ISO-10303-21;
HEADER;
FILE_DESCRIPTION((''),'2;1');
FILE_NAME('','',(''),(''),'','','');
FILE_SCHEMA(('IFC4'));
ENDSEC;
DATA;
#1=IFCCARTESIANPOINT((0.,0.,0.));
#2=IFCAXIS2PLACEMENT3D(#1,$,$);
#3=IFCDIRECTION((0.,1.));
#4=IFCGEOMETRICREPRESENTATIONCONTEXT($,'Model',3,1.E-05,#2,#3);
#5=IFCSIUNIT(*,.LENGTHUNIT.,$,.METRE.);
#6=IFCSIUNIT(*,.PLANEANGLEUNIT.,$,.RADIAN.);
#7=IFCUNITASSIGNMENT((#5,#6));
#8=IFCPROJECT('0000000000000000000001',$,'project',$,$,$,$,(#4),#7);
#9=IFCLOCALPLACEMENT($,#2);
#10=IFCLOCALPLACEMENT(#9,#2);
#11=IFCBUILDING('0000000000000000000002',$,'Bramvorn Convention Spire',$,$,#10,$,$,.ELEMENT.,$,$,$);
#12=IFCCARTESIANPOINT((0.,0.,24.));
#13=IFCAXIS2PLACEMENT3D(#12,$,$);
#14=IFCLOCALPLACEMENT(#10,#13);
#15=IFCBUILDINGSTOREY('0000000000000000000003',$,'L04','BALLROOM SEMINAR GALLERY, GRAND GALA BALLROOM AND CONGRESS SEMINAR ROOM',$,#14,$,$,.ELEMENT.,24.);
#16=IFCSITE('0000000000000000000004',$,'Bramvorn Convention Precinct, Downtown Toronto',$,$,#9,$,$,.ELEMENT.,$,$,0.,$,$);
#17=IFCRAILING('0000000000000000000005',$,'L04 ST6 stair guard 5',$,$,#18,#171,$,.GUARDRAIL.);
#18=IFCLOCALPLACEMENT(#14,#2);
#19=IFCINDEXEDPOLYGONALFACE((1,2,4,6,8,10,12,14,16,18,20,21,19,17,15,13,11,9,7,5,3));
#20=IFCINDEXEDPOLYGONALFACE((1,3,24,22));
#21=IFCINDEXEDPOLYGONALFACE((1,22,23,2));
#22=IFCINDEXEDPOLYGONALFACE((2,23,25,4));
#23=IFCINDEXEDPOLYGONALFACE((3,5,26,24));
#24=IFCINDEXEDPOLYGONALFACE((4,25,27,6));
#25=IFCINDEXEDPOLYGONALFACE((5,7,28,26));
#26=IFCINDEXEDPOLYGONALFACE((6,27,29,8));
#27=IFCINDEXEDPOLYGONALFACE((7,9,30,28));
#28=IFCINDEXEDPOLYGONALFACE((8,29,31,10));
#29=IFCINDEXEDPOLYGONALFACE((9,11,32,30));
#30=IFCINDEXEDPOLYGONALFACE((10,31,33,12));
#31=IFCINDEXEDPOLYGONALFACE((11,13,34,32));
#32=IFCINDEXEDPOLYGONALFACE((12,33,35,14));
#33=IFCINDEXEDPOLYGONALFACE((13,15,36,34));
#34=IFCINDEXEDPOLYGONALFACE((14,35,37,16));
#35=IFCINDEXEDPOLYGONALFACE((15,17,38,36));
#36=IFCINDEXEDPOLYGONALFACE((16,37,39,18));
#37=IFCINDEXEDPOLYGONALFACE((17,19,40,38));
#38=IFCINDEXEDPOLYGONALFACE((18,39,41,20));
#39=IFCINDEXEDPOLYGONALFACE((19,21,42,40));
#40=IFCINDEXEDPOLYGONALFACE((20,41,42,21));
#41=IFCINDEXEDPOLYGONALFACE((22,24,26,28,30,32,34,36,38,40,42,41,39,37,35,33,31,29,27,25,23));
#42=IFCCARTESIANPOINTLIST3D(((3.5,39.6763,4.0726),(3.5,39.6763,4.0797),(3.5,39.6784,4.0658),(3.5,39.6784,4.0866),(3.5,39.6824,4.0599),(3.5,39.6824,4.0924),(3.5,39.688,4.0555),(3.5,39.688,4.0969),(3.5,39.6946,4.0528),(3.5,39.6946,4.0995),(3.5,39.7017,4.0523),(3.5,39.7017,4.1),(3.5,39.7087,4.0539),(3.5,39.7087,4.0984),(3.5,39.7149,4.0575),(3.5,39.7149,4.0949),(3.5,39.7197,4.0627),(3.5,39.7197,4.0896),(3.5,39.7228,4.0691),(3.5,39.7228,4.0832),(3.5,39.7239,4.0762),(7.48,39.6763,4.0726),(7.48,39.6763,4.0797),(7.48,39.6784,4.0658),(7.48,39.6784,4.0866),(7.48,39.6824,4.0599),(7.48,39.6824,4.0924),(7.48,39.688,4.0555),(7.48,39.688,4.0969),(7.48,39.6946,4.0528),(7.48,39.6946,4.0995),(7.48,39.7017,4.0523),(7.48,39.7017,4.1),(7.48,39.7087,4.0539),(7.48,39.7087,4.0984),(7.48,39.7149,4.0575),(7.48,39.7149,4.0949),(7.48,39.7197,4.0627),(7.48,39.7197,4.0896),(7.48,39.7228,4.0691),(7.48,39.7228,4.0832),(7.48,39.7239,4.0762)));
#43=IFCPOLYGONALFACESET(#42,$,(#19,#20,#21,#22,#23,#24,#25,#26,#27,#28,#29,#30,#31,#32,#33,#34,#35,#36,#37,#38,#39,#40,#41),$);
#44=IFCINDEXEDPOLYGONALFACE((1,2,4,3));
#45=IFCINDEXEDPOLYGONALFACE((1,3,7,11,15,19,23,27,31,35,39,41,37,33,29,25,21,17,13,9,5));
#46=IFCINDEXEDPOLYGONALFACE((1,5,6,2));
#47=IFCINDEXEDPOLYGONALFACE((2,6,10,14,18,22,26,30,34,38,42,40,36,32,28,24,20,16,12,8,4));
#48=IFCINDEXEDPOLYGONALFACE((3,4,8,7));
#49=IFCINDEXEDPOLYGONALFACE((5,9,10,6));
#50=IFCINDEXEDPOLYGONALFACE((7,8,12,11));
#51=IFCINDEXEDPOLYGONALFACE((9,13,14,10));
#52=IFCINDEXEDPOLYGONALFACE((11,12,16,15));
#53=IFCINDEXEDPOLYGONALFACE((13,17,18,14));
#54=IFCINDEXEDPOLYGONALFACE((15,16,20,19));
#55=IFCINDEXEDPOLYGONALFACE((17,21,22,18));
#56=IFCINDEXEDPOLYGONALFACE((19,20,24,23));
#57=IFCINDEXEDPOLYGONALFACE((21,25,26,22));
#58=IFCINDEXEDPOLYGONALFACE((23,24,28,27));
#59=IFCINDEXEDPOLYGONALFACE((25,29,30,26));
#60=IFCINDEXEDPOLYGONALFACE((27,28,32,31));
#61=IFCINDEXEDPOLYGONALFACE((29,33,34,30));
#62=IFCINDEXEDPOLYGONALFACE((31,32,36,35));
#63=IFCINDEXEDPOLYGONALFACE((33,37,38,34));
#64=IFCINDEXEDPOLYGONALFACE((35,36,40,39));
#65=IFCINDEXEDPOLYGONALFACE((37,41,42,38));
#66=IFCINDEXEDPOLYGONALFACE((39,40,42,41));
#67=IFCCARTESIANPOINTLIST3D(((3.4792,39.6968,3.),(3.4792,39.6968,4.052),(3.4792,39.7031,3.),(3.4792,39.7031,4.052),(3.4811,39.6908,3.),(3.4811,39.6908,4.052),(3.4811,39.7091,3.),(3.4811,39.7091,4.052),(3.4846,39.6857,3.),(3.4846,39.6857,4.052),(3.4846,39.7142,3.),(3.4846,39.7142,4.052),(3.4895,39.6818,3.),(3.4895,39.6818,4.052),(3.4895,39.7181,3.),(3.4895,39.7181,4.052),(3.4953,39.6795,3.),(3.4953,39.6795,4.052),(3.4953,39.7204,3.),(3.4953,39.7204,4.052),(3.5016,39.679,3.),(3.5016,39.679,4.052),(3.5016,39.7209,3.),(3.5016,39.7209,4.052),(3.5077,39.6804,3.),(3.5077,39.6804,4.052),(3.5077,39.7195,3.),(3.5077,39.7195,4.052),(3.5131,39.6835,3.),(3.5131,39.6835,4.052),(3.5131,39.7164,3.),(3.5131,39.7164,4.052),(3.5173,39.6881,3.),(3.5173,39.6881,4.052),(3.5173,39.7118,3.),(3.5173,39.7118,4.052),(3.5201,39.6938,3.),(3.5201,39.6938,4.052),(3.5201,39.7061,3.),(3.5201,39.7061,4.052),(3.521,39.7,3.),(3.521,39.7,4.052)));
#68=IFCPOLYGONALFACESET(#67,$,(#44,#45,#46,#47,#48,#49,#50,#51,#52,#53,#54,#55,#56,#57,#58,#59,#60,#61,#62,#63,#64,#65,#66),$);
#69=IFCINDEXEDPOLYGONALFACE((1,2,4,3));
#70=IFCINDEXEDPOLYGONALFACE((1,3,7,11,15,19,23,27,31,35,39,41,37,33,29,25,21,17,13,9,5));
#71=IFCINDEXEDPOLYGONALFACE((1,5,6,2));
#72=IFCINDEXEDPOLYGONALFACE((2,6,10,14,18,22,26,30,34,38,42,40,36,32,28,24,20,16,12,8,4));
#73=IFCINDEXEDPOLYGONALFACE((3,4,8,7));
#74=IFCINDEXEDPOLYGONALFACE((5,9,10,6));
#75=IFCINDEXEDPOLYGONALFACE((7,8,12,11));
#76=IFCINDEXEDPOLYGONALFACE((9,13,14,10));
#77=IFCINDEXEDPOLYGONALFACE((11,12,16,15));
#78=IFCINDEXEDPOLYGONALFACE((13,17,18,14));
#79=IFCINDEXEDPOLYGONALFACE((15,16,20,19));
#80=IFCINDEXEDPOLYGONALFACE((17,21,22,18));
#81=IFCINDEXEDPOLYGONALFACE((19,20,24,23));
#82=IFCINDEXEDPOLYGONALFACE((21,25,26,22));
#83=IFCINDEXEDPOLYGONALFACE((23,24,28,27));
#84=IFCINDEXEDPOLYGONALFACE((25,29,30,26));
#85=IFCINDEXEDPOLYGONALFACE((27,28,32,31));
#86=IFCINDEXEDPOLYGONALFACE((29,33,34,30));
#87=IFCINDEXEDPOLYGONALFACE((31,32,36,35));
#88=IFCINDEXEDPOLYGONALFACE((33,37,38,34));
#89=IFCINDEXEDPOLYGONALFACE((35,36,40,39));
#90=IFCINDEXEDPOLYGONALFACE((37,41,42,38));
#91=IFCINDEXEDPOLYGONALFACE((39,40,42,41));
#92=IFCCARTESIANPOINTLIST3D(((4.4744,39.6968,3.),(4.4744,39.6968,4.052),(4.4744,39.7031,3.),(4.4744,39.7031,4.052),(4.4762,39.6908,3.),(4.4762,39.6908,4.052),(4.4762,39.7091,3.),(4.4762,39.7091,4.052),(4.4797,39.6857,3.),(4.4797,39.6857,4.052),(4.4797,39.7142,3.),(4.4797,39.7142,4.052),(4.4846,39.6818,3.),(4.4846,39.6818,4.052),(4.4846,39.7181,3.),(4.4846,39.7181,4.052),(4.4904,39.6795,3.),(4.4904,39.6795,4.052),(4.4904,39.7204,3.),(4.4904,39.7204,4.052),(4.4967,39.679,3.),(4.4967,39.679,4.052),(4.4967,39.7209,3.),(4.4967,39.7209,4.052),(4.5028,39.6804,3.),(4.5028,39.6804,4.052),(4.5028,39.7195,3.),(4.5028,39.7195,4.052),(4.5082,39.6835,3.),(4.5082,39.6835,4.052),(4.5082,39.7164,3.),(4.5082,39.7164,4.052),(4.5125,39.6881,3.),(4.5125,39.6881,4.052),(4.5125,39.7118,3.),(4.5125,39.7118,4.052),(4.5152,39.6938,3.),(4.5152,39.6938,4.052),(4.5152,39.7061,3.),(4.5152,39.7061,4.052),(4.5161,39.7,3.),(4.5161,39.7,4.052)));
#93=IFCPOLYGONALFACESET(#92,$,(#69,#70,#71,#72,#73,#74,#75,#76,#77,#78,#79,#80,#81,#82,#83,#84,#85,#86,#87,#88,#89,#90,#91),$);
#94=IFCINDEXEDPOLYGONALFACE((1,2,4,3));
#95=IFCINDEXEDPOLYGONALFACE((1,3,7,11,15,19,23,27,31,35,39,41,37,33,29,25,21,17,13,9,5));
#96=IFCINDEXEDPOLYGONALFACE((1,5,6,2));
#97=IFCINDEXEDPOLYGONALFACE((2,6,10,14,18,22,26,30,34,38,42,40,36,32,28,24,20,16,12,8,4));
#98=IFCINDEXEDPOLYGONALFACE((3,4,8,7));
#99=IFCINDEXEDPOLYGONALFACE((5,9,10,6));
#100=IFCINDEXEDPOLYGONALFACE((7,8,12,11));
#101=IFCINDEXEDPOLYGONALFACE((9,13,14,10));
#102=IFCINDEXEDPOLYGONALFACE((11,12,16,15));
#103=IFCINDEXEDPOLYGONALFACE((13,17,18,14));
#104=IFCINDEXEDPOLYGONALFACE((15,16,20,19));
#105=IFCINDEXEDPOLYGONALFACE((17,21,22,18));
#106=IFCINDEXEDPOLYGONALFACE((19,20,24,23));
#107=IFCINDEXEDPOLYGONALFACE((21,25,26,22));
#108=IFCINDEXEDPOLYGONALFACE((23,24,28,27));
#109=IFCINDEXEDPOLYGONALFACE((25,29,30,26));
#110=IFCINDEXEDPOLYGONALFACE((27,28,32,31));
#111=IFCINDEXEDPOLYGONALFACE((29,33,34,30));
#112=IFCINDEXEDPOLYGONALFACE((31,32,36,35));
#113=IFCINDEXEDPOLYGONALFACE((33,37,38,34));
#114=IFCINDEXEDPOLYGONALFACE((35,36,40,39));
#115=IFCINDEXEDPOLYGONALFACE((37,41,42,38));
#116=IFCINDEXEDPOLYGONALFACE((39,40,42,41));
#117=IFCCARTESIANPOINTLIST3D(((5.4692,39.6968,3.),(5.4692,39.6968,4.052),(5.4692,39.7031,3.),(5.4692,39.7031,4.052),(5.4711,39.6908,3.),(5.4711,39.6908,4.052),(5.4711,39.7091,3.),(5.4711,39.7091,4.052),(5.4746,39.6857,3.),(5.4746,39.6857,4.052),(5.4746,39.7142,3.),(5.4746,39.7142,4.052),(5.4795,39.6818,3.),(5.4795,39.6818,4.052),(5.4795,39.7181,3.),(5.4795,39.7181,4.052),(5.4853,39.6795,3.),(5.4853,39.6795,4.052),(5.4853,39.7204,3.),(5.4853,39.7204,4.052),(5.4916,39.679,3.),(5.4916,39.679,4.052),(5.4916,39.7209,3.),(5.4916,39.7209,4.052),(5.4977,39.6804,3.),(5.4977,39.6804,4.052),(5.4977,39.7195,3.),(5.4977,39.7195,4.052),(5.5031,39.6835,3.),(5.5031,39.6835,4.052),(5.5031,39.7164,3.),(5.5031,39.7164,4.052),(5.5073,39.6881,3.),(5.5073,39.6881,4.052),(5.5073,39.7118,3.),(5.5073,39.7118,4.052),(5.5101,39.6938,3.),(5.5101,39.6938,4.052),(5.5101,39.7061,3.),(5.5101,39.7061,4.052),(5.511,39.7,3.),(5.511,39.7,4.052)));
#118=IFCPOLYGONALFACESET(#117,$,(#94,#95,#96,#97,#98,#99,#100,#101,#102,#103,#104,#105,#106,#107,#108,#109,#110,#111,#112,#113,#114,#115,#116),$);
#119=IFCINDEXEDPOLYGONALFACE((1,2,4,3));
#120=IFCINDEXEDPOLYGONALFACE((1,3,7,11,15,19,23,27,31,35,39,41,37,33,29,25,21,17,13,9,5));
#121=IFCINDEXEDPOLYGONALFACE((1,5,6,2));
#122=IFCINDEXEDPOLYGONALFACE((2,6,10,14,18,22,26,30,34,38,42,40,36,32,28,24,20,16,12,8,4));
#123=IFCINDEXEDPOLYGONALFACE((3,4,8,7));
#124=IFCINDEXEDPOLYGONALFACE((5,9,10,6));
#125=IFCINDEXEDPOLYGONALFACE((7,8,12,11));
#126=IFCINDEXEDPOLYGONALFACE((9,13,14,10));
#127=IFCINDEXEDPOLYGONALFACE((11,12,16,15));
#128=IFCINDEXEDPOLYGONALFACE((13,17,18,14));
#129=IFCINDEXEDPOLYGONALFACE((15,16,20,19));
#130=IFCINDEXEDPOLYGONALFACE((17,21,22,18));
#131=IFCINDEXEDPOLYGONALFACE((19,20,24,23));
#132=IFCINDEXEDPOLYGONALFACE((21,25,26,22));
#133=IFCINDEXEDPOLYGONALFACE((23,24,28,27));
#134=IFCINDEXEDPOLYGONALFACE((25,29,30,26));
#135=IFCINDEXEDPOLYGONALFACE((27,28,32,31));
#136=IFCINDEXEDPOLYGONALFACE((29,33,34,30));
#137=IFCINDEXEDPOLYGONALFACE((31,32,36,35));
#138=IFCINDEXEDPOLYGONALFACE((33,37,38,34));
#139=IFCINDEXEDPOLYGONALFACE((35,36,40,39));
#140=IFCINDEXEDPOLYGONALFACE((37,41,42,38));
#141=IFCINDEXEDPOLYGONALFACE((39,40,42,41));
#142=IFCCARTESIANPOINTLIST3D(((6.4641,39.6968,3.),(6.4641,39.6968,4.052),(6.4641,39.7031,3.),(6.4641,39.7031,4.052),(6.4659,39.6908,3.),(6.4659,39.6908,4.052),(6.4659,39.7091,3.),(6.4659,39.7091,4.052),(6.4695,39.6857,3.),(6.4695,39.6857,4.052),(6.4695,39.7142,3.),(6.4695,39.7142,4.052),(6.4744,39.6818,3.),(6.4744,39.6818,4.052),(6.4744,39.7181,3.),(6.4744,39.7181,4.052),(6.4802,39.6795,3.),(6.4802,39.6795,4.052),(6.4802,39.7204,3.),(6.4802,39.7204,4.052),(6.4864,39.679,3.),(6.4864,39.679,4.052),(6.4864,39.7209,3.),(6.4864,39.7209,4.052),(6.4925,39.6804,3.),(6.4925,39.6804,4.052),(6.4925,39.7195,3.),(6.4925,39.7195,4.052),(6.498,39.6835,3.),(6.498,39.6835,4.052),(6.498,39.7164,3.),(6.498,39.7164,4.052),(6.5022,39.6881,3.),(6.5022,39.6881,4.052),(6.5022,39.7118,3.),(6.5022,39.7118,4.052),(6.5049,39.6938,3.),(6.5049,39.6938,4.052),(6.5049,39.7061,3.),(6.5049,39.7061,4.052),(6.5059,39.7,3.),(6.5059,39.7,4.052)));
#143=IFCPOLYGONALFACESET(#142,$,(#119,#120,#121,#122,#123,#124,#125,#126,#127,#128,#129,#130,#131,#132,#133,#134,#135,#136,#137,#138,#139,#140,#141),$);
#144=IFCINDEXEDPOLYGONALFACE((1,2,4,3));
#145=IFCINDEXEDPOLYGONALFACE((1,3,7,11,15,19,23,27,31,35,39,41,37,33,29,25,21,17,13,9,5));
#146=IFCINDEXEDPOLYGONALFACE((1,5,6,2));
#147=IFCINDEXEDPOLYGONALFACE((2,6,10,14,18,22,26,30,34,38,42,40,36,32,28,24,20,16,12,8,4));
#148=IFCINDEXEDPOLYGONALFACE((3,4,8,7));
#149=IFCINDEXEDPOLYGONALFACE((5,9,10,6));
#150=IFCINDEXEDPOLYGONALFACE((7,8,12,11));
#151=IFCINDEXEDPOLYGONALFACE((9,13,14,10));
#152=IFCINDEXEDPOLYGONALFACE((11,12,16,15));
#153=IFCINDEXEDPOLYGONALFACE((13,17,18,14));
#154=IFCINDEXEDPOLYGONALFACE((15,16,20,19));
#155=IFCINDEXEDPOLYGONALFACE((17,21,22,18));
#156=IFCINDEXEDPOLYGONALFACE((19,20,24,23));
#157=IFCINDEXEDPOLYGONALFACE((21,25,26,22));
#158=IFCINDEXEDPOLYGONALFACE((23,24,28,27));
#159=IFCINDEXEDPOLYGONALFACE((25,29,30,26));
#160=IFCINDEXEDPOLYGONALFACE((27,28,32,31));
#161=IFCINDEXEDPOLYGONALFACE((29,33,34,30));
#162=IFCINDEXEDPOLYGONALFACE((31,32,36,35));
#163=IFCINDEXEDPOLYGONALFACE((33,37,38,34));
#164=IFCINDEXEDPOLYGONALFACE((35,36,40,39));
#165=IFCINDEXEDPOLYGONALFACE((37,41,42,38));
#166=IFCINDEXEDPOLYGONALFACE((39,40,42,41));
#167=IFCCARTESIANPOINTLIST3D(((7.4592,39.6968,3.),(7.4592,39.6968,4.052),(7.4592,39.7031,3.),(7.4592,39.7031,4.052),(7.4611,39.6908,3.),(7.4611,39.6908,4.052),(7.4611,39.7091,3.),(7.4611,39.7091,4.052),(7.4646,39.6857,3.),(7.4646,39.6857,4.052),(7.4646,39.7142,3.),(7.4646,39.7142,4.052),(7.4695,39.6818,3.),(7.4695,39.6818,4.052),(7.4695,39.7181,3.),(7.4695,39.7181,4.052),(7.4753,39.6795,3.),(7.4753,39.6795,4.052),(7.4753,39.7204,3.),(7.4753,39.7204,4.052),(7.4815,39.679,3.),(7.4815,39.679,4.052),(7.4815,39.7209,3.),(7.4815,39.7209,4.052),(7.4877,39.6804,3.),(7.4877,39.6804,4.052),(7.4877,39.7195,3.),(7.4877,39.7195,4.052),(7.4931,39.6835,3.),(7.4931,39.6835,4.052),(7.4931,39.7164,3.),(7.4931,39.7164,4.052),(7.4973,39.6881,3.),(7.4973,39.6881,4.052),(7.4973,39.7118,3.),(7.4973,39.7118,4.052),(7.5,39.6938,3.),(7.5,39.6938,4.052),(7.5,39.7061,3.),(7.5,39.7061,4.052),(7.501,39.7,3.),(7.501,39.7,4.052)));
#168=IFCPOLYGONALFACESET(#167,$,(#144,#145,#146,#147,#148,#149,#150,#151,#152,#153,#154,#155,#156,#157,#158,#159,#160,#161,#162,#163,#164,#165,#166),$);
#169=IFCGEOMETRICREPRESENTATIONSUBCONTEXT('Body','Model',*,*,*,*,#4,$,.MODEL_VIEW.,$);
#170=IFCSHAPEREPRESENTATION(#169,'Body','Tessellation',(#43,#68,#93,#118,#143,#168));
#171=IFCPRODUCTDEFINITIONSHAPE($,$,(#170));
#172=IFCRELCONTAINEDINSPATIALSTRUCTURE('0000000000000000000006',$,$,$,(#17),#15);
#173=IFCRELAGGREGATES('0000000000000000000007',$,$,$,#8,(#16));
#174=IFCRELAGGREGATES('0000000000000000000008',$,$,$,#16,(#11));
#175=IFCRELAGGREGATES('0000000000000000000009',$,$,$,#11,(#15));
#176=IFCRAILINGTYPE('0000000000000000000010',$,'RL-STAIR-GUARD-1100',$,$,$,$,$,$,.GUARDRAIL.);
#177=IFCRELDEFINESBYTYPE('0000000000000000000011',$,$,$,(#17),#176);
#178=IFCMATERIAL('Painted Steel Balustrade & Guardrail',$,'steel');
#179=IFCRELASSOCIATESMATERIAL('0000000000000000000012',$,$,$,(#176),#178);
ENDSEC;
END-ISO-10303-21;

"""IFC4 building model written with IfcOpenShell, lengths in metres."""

from ifc_helpers import new_model, si_unit, direction, frame, origin, origin_2d, place, context, subcontext, project, spatial, circle, extrude, material, type_object, element, save


model = new_model("IFC4")

# Units and contexts
model_context = context("Model", 3, precision=1e-05, world=origin(), true_north=direction((0.0, 1.0)))
body_context = subcontext(model_context, "Body", "Model", "MODEL_VIEW")
ifc_project = project(units=[si_unit("LENGTHUNIT", "METRE"), si_unit("PLANEANGLEUNIT", "RADIAN")], contexts=[model_context])

# Site, building, storey
site_placement = place(None, origin())
site = spatial("IfcSite", under=ifc_project, at=site_placement, Name="Bramvorn Convention Precinct, Downtown Toronto", CompositionType="ELEMENT", RefElevation=0.0)
building_placement = place(site_placement, origin())
building = spatial("IfcBuilding", under=site, at=building_placement, Name="Bramvorn Convention Spire", CompositionType="ELEMENT")
storey_placement = place(building_placement, frame((0.0, 0.0, 24.0)))
storey = spatial("IfcBuildingStorey", under=building, at=storey_placement, Name="L04", Description="BALLROOM SEMINAR GALLERY, GRAND GALA BALLROOM AND CONGRESS SEMINAR ROOM", CompositionType="ELEMENT", Elevation=24.0)

# Railing
ifc_material_1 = material(Name="Painted Steel Balustrade & Guardrail", Category="steel")
railing_type_1 = type_object("IfcRailingType", Name="RL-STAIR-GUARD-1100", PredefinedType="GUARDRAIL", material=ifc_material_1)
railing_1_placement = place(storey_placement, frame((3.5, 39.7, 3.0)))
element("IfcRailing", 1, at=railing_1_placement, inside=storey, type_object=railing_type_1, Name="L04 ST6 stair guard 5", PredefinedType="GUARDRAIL", context=body_context, shape_type="SweptSolid", body=[
    extrude(circle(Radius=0.0239, at=origin_2d()), frame((0.0, 0.0, 1.0762), z_axis=(1.0, 0.0, 0.0), x_axis=(0.0, 1.0, 0.0)), (0.0, 0.0, 1.0), 3.98),
    extrude(circle(Radius=0.021, at=origin_2d()), origin(), (0.0, 0.0, 1.0), 1.052),
    extrude(circle(Radius=0.021, at=origin_2d()), frame((0.9951, 0.0, 0.0)), (0.0, 0.0, 1.0), 1.052),
    extrude(circle(Radius=0.021, at=origin_2d()), frame((1.99, 0.0, 0.0)), (0.0, 0.0, 1.0), 1.052),
    extrude(circle(Radius=0.021, at=origin_2d()), frame((2.9849, 0.0, 0.0)), (0.0, 0.0, 1.0), 1.052),
    extrude(circle(Radius=0.021, at=origin_2d()), frame((3.98, 0.0, 0.0)), (0.0, 0.0, 1.0), 1.052),
])

save(model, "model.ifc")
